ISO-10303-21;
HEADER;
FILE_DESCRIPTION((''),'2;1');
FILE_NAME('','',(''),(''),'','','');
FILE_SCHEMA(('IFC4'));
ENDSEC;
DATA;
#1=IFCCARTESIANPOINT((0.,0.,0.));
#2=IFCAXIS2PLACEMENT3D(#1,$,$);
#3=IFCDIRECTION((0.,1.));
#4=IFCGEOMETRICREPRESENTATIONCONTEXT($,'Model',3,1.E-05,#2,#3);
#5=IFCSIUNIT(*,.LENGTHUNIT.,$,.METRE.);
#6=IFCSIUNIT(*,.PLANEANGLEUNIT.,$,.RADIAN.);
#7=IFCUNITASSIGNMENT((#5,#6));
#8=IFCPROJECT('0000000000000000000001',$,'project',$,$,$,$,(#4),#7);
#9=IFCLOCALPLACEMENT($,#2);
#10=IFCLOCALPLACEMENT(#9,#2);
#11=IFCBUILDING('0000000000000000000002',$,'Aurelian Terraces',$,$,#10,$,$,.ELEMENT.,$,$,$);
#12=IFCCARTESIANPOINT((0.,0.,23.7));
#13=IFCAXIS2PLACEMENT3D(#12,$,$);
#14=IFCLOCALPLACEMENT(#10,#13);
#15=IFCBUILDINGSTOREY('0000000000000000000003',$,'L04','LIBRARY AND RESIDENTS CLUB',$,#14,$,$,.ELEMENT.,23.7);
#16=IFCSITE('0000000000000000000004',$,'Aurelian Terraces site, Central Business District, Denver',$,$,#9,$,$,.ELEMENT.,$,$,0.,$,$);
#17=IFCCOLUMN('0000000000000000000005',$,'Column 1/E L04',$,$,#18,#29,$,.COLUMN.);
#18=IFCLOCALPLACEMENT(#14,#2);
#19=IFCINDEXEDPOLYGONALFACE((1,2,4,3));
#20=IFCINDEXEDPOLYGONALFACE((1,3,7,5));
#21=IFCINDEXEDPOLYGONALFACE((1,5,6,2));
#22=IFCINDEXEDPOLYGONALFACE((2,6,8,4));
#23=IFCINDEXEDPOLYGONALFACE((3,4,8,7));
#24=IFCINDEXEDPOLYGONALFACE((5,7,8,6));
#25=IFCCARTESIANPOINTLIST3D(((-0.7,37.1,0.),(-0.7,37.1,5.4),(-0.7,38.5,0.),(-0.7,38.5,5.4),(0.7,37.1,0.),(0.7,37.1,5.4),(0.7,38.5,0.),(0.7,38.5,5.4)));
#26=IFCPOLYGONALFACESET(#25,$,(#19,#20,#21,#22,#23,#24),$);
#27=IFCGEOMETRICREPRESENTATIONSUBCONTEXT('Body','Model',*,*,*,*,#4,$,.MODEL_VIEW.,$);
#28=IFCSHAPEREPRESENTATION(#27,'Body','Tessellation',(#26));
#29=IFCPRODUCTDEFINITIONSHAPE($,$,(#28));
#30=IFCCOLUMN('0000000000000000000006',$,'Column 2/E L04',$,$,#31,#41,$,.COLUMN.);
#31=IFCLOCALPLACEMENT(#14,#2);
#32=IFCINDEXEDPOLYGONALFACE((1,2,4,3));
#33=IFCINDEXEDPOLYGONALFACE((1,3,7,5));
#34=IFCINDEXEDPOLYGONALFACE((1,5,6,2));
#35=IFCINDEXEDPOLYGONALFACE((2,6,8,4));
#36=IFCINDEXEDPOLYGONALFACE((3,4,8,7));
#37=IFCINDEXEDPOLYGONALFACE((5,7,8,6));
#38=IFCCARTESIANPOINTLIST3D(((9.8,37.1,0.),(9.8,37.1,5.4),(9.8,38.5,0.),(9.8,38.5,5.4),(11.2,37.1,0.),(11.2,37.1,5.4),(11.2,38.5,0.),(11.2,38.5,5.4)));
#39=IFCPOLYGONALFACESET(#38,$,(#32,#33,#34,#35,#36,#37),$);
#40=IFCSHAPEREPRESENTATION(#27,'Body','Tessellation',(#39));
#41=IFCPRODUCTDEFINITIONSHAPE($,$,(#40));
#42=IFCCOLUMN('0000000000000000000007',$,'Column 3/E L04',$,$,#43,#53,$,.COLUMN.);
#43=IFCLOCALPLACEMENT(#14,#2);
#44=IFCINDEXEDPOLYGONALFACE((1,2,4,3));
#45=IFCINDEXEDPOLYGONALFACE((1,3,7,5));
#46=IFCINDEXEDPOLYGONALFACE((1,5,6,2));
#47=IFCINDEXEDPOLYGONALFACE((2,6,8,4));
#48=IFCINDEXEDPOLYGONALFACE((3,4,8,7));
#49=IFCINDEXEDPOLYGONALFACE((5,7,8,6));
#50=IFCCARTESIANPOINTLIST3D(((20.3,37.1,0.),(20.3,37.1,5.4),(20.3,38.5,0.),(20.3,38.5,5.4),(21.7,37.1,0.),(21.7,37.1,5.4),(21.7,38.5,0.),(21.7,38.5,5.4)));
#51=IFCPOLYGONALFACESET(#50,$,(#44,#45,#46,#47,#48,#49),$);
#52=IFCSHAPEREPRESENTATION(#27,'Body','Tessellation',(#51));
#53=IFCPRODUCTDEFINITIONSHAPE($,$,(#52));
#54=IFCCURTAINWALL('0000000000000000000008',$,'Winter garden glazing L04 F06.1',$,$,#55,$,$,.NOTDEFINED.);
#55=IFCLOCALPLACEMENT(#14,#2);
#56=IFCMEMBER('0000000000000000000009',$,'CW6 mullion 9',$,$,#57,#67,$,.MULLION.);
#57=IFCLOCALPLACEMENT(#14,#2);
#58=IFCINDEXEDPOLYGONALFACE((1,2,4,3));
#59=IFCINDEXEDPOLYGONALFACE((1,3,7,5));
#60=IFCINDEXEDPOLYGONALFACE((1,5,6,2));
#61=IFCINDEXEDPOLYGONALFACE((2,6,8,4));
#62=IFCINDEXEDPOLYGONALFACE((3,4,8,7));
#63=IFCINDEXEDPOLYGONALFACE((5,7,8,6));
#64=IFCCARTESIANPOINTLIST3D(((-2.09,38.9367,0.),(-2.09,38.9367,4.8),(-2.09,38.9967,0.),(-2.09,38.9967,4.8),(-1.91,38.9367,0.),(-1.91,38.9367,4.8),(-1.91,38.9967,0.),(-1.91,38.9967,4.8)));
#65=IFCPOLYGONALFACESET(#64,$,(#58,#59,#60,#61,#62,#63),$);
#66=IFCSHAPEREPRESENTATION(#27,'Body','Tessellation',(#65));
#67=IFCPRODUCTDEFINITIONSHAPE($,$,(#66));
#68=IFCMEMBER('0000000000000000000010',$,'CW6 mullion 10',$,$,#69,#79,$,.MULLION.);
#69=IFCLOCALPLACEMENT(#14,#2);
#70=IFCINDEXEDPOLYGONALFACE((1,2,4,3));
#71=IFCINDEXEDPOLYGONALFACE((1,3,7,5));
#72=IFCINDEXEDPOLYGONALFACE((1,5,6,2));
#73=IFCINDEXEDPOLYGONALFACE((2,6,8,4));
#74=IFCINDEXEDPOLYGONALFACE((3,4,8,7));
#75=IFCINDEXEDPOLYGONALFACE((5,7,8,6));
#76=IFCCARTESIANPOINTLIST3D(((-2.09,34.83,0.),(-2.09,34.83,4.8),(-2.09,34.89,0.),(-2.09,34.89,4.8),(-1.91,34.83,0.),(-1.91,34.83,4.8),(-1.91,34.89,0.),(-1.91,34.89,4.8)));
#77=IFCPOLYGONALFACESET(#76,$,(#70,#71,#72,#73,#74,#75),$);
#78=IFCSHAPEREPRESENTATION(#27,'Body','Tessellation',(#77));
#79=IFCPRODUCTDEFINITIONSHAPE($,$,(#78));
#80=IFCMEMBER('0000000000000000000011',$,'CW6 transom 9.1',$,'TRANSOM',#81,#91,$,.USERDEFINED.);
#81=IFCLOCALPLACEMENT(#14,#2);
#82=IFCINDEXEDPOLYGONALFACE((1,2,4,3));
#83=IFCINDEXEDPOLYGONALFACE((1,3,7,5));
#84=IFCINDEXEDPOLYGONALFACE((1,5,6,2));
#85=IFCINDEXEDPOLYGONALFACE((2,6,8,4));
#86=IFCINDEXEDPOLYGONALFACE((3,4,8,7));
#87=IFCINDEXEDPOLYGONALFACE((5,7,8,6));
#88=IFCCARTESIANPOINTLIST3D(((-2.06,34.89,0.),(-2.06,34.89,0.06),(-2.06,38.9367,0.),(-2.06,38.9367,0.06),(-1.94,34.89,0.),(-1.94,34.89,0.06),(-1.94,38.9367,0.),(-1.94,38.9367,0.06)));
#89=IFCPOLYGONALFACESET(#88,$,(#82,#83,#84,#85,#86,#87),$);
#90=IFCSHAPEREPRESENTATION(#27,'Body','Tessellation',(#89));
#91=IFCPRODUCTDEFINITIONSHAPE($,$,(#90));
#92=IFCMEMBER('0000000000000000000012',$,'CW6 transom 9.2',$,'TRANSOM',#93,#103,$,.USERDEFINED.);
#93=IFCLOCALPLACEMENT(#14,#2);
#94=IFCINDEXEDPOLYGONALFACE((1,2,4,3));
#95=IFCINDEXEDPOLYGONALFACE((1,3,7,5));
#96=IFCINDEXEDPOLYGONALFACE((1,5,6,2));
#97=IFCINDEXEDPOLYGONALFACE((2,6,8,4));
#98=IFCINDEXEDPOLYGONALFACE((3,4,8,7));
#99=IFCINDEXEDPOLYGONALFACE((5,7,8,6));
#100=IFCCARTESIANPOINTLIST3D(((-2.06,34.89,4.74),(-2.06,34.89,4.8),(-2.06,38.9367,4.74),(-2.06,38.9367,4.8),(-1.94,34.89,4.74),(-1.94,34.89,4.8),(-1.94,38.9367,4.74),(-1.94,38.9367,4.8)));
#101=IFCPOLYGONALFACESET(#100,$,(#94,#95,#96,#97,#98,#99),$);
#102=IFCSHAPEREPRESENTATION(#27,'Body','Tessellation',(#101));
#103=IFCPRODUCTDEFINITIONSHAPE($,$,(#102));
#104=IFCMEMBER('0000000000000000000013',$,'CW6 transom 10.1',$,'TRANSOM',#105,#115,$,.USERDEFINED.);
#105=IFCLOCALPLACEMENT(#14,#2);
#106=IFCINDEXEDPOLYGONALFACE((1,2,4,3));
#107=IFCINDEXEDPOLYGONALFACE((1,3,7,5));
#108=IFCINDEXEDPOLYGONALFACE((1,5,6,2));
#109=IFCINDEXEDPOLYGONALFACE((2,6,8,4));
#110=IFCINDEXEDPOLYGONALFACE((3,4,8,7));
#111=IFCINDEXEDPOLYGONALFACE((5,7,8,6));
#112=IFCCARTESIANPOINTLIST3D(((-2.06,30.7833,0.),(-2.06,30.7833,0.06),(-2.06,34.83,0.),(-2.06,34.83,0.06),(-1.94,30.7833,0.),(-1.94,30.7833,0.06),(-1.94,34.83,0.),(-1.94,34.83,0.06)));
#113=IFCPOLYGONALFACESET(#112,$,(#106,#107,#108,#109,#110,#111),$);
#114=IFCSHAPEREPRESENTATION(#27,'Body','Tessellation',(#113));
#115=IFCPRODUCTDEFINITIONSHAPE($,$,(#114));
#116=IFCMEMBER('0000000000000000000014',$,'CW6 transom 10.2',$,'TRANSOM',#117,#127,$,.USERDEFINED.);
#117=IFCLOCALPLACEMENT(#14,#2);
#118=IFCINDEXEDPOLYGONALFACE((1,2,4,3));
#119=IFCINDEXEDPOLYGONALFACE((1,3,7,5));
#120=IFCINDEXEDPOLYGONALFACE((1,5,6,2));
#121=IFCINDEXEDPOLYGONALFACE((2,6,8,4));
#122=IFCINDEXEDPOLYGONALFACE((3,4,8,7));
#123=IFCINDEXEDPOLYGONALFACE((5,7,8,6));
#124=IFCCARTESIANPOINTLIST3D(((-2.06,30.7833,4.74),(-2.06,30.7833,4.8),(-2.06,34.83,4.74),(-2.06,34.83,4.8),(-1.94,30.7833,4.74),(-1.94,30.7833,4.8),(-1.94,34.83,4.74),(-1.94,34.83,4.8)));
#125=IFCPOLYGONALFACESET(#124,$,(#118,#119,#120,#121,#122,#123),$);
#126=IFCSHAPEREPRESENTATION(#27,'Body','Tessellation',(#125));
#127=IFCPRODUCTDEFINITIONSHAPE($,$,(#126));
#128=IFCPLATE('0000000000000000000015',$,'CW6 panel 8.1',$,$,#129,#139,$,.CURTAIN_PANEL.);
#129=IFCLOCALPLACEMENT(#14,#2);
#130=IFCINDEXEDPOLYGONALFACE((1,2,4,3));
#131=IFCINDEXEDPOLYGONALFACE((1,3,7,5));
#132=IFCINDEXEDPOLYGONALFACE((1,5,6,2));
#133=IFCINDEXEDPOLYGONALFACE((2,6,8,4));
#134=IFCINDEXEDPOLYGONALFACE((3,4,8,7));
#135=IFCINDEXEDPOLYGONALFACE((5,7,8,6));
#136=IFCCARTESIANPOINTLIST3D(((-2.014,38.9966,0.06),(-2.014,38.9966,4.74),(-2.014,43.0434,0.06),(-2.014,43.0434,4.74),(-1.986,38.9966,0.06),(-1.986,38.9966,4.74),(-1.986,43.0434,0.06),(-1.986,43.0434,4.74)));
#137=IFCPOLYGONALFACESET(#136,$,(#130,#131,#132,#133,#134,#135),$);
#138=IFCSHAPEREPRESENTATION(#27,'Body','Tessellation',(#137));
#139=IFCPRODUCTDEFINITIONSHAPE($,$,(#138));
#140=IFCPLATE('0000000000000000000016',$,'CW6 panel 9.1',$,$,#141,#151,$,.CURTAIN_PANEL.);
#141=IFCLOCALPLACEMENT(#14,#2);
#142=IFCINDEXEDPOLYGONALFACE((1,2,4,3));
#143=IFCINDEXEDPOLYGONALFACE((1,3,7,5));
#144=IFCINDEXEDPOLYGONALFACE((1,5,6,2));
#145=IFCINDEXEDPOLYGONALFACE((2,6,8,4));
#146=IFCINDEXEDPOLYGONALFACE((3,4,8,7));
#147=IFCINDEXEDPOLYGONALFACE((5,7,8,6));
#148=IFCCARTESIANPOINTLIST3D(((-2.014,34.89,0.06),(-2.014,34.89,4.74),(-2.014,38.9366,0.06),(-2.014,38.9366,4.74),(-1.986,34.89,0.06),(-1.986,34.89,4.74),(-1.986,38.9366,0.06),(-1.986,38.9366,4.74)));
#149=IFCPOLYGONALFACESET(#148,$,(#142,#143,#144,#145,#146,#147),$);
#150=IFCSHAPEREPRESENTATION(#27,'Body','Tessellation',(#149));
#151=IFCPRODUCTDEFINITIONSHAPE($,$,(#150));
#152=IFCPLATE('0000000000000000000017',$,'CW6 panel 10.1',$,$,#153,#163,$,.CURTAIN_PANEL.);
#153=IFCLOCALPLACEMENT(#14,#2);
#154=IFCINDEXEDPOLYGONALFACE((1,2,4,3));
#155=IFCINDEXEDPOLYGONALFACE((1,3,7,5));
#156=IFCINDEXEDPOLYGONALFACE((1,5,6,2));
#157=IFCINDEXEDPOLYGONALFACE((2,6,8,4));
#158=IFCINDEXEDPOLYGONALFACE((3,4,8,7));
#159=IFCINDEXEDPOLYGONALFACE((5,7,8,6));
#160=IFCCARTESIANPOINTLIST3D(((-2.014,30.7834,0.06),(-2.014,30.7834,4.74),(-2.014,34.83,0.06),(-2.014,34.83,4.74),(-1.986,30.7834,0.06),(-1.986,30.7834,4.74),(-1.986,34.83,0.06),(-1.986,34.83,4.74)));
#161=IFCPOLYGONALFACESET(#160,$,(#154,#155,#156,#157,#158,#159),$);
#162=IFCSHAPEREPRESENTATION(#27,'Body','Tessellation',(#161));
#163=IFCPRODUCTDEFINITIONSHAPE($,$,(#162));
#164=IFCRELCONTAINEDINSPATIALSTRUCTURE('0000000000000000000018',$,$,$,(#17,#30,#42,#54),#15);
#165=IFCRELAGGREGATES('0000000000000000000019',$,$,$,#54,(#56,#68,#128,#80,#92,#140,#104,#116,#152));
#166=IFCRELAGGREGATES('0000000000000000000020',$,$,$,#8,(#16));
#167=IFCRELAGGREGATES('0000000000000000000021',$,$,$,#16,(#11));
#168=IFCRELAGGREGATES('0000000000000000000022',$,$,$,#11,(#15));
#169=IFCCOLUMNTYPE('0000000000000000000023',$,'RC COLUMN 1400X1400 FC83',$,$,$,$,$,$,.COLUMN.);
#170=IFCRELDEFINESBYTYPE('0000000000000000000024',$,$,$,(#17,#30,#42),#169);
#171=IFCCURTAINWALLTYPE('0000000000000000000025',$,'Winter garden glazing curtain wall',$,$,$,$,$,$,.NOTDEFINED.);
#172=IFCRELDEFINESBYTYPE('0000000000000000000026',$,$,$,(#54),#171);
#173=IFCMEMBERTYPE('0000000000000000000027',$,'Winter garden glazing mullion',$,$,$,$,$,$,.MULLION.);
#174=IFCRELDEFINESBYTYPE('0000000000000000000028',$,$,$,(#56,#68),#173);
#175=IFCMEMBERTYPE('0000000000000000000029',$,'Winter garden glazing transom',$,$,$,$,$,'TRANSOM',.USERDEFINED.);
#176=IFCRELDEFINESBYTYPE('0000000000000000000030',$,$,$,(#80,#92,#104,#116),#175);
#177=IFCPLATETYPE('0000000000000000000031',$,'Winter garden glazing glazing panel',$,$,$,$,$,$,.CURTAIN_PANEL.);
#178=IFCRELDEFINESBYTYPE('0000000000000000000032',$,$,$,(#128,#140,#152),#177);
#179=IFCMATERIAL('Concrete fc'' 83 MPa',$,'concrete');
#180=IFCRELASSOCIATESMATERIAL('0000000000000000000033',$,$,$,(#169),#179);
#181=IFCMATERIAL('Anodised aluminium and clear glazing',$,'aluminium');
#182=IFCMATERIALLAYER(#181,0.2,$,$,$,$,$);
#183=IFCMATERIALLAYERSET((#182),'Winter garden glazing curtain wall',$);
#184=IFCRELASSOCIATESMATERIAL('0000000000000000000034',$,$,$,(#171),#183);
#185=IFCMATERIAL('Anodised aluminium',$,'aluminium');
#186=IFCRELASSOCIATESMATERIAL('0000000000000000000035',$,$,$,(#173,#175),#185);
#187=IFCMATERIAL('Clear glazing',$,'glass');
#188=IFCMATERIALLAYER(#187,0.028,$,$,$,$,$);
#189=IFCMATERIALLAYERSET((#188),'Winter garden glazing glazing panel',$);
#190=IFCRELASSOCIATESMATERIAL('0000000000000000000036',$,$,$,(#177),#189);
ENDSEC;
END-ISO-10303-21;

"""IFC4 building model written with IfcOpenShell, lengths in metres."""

from ifc_helpers import new_model, si_unit, direction, frame, origin, origin_2d, place, context, subcontext, project, spatial, rectangle, extrude, source, transform, mapped, material, layer, layer_set, material_profile, profile_set, type_object, element, aggregate, save


model = new_model("IFC4")

# Units and contexts
model_context = context("Model", 3, precision=1e-05, world=origin(), true_north=direction((0.0, 1.0)))
body_context = subcontext(model_context, "Body", "Model", "MODEL_VIEW")
ifc_project = project(units=[si_unit("LENGTHUNIT", "METRE"), si_unit("PLANEANGLEUNIT", "RADIAN")], contexts=[model_context])

# Site, building, storey
site_placement = place(None, origin())
site = spatial("IfcSite", under=ifc_project, at=site_placement, Name="Aurelian Terraces site, Central Business District, Denver", CompositionType="ELEMENT", RefElevation=0.0)
building_placement = place(site_placement, origin())
building = spatial("IfcBuilding", under=site, at=building_placement, Name="Aurelian Terraces", CompositionType="ELEMENT")
storey_placement = place(building_placement, frame((0.0, 0.0, 23.7)))
storey = spatial("IfcBuildingStorey", under=building, at=storey_placement, Name="L04", Description="LIBRARY AND RESIDENTS CLUB", CompositionType="ELEMENT", Elevation=23.7)

# Columns
ifc_material_1 = material(Name="Concrete fc' 83 MPa", Category="concrete")
ifc_material_profile_1 = material_profile(ifc_material_1, rectangle(XDim=1.4, YDim=1.4, at=origin_2d()))
ifc_profile_set_1 = profile_set([ifc_material_profile_1], Name="Concrete fc' 83 MPa")
column_type = type_object("IfcColumnType", Name="RC COLUMN 1400X1400 FC83", PredefinedType="COLUMN", material=ifc_profile_set_1)
shared_shape_1 = source(origin(), body_context, "Body", "SweptSolid", [
    extrude(rectangle(XDim=1.4, YDim=1.4, at=origin_2d()), origin(), (0.0, 0.0, 1.0), 5.4),
])
for number, where, z_axis, x_axis, name in (
    (1, (0.0, 37.8, 0.0), (0.0, 0.0, 1.0), (1.0, 0.0, 0.0), "Column 1/E L04"),
    (2, (10.5, 37.8, 0.0), (0.0, 0.0, 1.0), (1.0, 0.0, 0.0), "Column 2/E L04"),
    (3, (21.0, 37.8, 0.0), (0.0, 0.0, 1.0), (1.0, 0.0, 0.0), "Column 3/E L04"),
):
    element("IfcColumn", number, at=place(storey_placement, frame(where, z_axis=z_axis, x_axis=x_axis)), inside=storey, type_object=column_type, Name=name, PredefinedType="COLUMN", context=body_context, shape_type="MappedRepresentation", body=[
        mapped(shared_shape_1, transform((0.0, 0.0, 0.0), scale=1.0)),
    ])

# Curtain wall, members, plates
ifc_material_2 = material(Name="Anodised aluminium and clear glazing", Category="aluminium")
ifc_layer_1 = layer(ifc_material_2, 0.2)
ifc_layer_set_1 = layer_set([ifc_layer_1], Name="Winter garden glazing curtain wall")
curtain_wall_type = type_object("IfcCurtainWallType", Name="Winter garden glazing curtain wall", PredefinedType="NOTDEFINED", material=ifc_layer_set_1)
curtain_wall_placement = place(storey_placement, origin())
curtain_wall = element("IfcCurtainWall", 4, at=curtain_wall_placement, inside=storey, type_object=curtain_wall_type, Name="Winter garden glazing L04 F06.1", PredefinedType="NOTDEFINED")
ifc_material_3 = material(Name="Anodised aluminium", Category="aluminium")
ifc_material_profile_2 = material_profile(ifc_material_3, rectangle(XDim=0.18, YDim=0.06, at=origin_2d()))
ifc_profile_set_2 = profile_set([ifc_material_profile_2], Name="Anodised aluminium")
member_type_1 = type_object("IfcMemberType", Name="Winter garden glazing mullion", PredefinedType="MULLION", material=ifc_profile_set_2)
shared_shape_2 = source(origin(), body_context, "Body", "SweptSolid", [
    extrude(rectangle(XDim=0.18, YDim=0.06, at=origin_2d()), origin(), (0.0, 0.0, 1.0), 4.8),
])
member_1_placement = place(storey_placement, frame((-2.0, 38.9667, 0.0), z_axis=(0.0, 0.0, 1.0), x_axis=(1.0, 0.0, 0.0)))
member_1 = element("IfcMember", 5, at=member_1_placement, type_object=member_type_1, Name="CW6 mullion 9", PredefinedType="MULLION", context=body_context, shape_type="MappedRepresentation", body=[
    mapped(shared_shape_2, transform((0.0, 0.0, 0.0), scale=1.0)),
])
member_2_placement = place(storey_placement, frame((-2.0, 34.86, 0.0), z_axis=(0.0, 0.0, 1.0), x_axis=(1.0, 0.0, 0.0)))
member_2 = element("IfcMember", 6, at=member_2_placement, type_object=member_type_1, Name="CW6 mullion 10", PredefinedType="MULLION", context=body_context, shape_type="MappedRepresentation", body=[
    mapped(shared_shape_2, transform((0.0, 0.0, 0.0), scale=1.0)),
])
ifc_material_profile_3 = material_profile(ifc_material_3, rectangle(XDim=0.12, YDim=0.06, at=origin_2d()))
ifc_profile_set_3 = profile_set([ifc_material_profile_3], Name="Anodised aluminium")
member_type_2 = type_object("IfcMemberType", Name="Winter garden glazing transom", ElementType="TRANSOM", PredefinedType="USERDEFINED", material=ifc_profile_set_3)
shared_shape_3 = source(origin(), body_context, "Body", "SweptSolid", [
    extrude(rectangle(XDim=0.12, YDim=0.06, at=origin_2d()), origin(), (0.0, 0.0, 1.0), 4.0467),
])
member_3_placement = place(storey_placement, frame((-2.0, 38.9367, 0.03), z_axis=(0.0, -1.0, 0.0), x_axis=(1.0, 0.0, 0.0)))
member_3 = element("IfcMember", 7, at=member_3_placement, type_object=member_type_2, Name="CW6 transom 9.1", ObjectType="TRANSOM", PredefinedType="USERDEFINED", context=body_context, shape_type="MappedRepresentation", body=[
    mapped(shared_shape_3, transform((0.0, 0.0, 0.0), scale=1.0)),
])
member_4_placement = place(storey_placement, frame((-2.0, 38.9367, 4.77), z_axis=(0.0, -1.0, 0.0), x_axis=(1.0, 0.0, 0.0)))
member_4 = element("IfcMember", 8, at=member_4_placement, type_object=member_type_2, Name="CW6 transom 9.2", ObjectType="TRANSOM", PredefinedType="USERDEFINED", context=body_context, shape_type="MappedRepresentation", body=[
    mapped(shared_shape_3, transform((0.0, 0.0, 0.0), scale=1.0)),
])
member_5_placement = place(storey_placement, frame((-2.0, 34.83, 0.03), z_axis=(0.0, -1.0, 0.0), x_axis=(1.0, 0.0, 0.0)))
member_5 = element("IfcMember", 9, at=member_5_placement, type_object=member_type_2, Name="CW6 transom 10.1", ObjectType="TRANSOM", PredefinedType="USERDEFINED", context=body_context, shape_type="MappedRepresentation", body=[
    mapped(shared_shape_3, transform((0.0, 0.0, 0.0), scale=1.0)),
])
member_6_placement = place(storey_placement, frame((-2.0, 34.83, 4.77), z_axis=(0.0, -1.0, 0.0), x_axis=(1.0, 0.0, 0.0)))
member_6 = element("IfcMember", 10, at=member_6_placement, type_object=member_type_2, Name="CW6 transom 10.2", ObjectType="TRANSOM", PredefinedType="USERDEFINED", context=body_context, shape_type="MappedRepresentation", body=[
    mapped(shared_shape_3, transform((0.0, 0.0, 0.0), scale=1.0)),
])
ifc_material_4 = material(Name="Clear glazing", Category="glass")
ifc_layer_2 = layer(ifc_material_4, 0.028)
ifc_layer_set_2 = layer_set([ifc_layer_2], Name="Winter garden glazing glazing panel")
plate_type = type_object("IfcPlateType", Name="Winter garden glazing glazing panel", PredefinedType="CURTAIN_PANEL", material=ifc_layer_set_2)
shared_shape_4 = source(origin(), body_context, "Body", "SweptSolid", [
    extrude(rectangle(XDim=4.0467, YDim=0.028, at=origin_2d()), origin(), (0.0, 0.0, 1.0), 4.68),
])
plate_1_placement = place(storey_placement, frame((-2.0, 41.02, 0.06), z_axis=(0.0, 0.0, 1.0), x_axis=(0.0, -1.0, 0.0)))
plate_1 = element("IfcPlate", 11, at=plate_1_placement, type_object=plate_type, Name="CW6 panel 8.1", PredefinedType="CURTAIN_PANEL", context=body_context, shape_type="MappedRepresentation", body=[
    mapped(shared_shape_4, transform((0.0, 0.0, 0.0), scale=1.0)),
])
plate_2_placement = place(storey_placement, frame((-2.0, 36.9133, 0.06), z_axis=(0.0, 0.0, 1.0), x_axis=(0.0, -1.0, 0.0)))
plate_2 = element("IfcPlate", 12, at=plate_2_placement, type_object=plate_type, Name="CW6 panel 9.1", PredefinedType="CURTAIN_PANEL", context=body_context, shape_type="MappedRepresentation", body=[
    mapped(shared_shape_4, transform((0.0, 0.0, 0.0), scale=1.0)),
])
plate_3_placement = place(storey_placement, frame((-2.0, 32.8067, 0.06), z_axis=(0.0, 0.0, 1.0), x_axis=(0.0, -1.0, 0.0)))
plate_3 = element("IfcPlate", 13, at=plate_3_placement, type_object=plate_type, Name="CW6 panel 10.1", PredefinedType="CURTAIN_PANEL", context=body_context, shape_type="MappedRepresentation", body=[
    mapped(shared_shape_4, transform((0.0, 0.0, 0.0), scale=1.0)),
])
aggregate(curtain_wall, [member_1, member_2, plate_1, member_3, member_4, plate_2, member_5, member_6, plate_3])

save(model, "model.ifc")
